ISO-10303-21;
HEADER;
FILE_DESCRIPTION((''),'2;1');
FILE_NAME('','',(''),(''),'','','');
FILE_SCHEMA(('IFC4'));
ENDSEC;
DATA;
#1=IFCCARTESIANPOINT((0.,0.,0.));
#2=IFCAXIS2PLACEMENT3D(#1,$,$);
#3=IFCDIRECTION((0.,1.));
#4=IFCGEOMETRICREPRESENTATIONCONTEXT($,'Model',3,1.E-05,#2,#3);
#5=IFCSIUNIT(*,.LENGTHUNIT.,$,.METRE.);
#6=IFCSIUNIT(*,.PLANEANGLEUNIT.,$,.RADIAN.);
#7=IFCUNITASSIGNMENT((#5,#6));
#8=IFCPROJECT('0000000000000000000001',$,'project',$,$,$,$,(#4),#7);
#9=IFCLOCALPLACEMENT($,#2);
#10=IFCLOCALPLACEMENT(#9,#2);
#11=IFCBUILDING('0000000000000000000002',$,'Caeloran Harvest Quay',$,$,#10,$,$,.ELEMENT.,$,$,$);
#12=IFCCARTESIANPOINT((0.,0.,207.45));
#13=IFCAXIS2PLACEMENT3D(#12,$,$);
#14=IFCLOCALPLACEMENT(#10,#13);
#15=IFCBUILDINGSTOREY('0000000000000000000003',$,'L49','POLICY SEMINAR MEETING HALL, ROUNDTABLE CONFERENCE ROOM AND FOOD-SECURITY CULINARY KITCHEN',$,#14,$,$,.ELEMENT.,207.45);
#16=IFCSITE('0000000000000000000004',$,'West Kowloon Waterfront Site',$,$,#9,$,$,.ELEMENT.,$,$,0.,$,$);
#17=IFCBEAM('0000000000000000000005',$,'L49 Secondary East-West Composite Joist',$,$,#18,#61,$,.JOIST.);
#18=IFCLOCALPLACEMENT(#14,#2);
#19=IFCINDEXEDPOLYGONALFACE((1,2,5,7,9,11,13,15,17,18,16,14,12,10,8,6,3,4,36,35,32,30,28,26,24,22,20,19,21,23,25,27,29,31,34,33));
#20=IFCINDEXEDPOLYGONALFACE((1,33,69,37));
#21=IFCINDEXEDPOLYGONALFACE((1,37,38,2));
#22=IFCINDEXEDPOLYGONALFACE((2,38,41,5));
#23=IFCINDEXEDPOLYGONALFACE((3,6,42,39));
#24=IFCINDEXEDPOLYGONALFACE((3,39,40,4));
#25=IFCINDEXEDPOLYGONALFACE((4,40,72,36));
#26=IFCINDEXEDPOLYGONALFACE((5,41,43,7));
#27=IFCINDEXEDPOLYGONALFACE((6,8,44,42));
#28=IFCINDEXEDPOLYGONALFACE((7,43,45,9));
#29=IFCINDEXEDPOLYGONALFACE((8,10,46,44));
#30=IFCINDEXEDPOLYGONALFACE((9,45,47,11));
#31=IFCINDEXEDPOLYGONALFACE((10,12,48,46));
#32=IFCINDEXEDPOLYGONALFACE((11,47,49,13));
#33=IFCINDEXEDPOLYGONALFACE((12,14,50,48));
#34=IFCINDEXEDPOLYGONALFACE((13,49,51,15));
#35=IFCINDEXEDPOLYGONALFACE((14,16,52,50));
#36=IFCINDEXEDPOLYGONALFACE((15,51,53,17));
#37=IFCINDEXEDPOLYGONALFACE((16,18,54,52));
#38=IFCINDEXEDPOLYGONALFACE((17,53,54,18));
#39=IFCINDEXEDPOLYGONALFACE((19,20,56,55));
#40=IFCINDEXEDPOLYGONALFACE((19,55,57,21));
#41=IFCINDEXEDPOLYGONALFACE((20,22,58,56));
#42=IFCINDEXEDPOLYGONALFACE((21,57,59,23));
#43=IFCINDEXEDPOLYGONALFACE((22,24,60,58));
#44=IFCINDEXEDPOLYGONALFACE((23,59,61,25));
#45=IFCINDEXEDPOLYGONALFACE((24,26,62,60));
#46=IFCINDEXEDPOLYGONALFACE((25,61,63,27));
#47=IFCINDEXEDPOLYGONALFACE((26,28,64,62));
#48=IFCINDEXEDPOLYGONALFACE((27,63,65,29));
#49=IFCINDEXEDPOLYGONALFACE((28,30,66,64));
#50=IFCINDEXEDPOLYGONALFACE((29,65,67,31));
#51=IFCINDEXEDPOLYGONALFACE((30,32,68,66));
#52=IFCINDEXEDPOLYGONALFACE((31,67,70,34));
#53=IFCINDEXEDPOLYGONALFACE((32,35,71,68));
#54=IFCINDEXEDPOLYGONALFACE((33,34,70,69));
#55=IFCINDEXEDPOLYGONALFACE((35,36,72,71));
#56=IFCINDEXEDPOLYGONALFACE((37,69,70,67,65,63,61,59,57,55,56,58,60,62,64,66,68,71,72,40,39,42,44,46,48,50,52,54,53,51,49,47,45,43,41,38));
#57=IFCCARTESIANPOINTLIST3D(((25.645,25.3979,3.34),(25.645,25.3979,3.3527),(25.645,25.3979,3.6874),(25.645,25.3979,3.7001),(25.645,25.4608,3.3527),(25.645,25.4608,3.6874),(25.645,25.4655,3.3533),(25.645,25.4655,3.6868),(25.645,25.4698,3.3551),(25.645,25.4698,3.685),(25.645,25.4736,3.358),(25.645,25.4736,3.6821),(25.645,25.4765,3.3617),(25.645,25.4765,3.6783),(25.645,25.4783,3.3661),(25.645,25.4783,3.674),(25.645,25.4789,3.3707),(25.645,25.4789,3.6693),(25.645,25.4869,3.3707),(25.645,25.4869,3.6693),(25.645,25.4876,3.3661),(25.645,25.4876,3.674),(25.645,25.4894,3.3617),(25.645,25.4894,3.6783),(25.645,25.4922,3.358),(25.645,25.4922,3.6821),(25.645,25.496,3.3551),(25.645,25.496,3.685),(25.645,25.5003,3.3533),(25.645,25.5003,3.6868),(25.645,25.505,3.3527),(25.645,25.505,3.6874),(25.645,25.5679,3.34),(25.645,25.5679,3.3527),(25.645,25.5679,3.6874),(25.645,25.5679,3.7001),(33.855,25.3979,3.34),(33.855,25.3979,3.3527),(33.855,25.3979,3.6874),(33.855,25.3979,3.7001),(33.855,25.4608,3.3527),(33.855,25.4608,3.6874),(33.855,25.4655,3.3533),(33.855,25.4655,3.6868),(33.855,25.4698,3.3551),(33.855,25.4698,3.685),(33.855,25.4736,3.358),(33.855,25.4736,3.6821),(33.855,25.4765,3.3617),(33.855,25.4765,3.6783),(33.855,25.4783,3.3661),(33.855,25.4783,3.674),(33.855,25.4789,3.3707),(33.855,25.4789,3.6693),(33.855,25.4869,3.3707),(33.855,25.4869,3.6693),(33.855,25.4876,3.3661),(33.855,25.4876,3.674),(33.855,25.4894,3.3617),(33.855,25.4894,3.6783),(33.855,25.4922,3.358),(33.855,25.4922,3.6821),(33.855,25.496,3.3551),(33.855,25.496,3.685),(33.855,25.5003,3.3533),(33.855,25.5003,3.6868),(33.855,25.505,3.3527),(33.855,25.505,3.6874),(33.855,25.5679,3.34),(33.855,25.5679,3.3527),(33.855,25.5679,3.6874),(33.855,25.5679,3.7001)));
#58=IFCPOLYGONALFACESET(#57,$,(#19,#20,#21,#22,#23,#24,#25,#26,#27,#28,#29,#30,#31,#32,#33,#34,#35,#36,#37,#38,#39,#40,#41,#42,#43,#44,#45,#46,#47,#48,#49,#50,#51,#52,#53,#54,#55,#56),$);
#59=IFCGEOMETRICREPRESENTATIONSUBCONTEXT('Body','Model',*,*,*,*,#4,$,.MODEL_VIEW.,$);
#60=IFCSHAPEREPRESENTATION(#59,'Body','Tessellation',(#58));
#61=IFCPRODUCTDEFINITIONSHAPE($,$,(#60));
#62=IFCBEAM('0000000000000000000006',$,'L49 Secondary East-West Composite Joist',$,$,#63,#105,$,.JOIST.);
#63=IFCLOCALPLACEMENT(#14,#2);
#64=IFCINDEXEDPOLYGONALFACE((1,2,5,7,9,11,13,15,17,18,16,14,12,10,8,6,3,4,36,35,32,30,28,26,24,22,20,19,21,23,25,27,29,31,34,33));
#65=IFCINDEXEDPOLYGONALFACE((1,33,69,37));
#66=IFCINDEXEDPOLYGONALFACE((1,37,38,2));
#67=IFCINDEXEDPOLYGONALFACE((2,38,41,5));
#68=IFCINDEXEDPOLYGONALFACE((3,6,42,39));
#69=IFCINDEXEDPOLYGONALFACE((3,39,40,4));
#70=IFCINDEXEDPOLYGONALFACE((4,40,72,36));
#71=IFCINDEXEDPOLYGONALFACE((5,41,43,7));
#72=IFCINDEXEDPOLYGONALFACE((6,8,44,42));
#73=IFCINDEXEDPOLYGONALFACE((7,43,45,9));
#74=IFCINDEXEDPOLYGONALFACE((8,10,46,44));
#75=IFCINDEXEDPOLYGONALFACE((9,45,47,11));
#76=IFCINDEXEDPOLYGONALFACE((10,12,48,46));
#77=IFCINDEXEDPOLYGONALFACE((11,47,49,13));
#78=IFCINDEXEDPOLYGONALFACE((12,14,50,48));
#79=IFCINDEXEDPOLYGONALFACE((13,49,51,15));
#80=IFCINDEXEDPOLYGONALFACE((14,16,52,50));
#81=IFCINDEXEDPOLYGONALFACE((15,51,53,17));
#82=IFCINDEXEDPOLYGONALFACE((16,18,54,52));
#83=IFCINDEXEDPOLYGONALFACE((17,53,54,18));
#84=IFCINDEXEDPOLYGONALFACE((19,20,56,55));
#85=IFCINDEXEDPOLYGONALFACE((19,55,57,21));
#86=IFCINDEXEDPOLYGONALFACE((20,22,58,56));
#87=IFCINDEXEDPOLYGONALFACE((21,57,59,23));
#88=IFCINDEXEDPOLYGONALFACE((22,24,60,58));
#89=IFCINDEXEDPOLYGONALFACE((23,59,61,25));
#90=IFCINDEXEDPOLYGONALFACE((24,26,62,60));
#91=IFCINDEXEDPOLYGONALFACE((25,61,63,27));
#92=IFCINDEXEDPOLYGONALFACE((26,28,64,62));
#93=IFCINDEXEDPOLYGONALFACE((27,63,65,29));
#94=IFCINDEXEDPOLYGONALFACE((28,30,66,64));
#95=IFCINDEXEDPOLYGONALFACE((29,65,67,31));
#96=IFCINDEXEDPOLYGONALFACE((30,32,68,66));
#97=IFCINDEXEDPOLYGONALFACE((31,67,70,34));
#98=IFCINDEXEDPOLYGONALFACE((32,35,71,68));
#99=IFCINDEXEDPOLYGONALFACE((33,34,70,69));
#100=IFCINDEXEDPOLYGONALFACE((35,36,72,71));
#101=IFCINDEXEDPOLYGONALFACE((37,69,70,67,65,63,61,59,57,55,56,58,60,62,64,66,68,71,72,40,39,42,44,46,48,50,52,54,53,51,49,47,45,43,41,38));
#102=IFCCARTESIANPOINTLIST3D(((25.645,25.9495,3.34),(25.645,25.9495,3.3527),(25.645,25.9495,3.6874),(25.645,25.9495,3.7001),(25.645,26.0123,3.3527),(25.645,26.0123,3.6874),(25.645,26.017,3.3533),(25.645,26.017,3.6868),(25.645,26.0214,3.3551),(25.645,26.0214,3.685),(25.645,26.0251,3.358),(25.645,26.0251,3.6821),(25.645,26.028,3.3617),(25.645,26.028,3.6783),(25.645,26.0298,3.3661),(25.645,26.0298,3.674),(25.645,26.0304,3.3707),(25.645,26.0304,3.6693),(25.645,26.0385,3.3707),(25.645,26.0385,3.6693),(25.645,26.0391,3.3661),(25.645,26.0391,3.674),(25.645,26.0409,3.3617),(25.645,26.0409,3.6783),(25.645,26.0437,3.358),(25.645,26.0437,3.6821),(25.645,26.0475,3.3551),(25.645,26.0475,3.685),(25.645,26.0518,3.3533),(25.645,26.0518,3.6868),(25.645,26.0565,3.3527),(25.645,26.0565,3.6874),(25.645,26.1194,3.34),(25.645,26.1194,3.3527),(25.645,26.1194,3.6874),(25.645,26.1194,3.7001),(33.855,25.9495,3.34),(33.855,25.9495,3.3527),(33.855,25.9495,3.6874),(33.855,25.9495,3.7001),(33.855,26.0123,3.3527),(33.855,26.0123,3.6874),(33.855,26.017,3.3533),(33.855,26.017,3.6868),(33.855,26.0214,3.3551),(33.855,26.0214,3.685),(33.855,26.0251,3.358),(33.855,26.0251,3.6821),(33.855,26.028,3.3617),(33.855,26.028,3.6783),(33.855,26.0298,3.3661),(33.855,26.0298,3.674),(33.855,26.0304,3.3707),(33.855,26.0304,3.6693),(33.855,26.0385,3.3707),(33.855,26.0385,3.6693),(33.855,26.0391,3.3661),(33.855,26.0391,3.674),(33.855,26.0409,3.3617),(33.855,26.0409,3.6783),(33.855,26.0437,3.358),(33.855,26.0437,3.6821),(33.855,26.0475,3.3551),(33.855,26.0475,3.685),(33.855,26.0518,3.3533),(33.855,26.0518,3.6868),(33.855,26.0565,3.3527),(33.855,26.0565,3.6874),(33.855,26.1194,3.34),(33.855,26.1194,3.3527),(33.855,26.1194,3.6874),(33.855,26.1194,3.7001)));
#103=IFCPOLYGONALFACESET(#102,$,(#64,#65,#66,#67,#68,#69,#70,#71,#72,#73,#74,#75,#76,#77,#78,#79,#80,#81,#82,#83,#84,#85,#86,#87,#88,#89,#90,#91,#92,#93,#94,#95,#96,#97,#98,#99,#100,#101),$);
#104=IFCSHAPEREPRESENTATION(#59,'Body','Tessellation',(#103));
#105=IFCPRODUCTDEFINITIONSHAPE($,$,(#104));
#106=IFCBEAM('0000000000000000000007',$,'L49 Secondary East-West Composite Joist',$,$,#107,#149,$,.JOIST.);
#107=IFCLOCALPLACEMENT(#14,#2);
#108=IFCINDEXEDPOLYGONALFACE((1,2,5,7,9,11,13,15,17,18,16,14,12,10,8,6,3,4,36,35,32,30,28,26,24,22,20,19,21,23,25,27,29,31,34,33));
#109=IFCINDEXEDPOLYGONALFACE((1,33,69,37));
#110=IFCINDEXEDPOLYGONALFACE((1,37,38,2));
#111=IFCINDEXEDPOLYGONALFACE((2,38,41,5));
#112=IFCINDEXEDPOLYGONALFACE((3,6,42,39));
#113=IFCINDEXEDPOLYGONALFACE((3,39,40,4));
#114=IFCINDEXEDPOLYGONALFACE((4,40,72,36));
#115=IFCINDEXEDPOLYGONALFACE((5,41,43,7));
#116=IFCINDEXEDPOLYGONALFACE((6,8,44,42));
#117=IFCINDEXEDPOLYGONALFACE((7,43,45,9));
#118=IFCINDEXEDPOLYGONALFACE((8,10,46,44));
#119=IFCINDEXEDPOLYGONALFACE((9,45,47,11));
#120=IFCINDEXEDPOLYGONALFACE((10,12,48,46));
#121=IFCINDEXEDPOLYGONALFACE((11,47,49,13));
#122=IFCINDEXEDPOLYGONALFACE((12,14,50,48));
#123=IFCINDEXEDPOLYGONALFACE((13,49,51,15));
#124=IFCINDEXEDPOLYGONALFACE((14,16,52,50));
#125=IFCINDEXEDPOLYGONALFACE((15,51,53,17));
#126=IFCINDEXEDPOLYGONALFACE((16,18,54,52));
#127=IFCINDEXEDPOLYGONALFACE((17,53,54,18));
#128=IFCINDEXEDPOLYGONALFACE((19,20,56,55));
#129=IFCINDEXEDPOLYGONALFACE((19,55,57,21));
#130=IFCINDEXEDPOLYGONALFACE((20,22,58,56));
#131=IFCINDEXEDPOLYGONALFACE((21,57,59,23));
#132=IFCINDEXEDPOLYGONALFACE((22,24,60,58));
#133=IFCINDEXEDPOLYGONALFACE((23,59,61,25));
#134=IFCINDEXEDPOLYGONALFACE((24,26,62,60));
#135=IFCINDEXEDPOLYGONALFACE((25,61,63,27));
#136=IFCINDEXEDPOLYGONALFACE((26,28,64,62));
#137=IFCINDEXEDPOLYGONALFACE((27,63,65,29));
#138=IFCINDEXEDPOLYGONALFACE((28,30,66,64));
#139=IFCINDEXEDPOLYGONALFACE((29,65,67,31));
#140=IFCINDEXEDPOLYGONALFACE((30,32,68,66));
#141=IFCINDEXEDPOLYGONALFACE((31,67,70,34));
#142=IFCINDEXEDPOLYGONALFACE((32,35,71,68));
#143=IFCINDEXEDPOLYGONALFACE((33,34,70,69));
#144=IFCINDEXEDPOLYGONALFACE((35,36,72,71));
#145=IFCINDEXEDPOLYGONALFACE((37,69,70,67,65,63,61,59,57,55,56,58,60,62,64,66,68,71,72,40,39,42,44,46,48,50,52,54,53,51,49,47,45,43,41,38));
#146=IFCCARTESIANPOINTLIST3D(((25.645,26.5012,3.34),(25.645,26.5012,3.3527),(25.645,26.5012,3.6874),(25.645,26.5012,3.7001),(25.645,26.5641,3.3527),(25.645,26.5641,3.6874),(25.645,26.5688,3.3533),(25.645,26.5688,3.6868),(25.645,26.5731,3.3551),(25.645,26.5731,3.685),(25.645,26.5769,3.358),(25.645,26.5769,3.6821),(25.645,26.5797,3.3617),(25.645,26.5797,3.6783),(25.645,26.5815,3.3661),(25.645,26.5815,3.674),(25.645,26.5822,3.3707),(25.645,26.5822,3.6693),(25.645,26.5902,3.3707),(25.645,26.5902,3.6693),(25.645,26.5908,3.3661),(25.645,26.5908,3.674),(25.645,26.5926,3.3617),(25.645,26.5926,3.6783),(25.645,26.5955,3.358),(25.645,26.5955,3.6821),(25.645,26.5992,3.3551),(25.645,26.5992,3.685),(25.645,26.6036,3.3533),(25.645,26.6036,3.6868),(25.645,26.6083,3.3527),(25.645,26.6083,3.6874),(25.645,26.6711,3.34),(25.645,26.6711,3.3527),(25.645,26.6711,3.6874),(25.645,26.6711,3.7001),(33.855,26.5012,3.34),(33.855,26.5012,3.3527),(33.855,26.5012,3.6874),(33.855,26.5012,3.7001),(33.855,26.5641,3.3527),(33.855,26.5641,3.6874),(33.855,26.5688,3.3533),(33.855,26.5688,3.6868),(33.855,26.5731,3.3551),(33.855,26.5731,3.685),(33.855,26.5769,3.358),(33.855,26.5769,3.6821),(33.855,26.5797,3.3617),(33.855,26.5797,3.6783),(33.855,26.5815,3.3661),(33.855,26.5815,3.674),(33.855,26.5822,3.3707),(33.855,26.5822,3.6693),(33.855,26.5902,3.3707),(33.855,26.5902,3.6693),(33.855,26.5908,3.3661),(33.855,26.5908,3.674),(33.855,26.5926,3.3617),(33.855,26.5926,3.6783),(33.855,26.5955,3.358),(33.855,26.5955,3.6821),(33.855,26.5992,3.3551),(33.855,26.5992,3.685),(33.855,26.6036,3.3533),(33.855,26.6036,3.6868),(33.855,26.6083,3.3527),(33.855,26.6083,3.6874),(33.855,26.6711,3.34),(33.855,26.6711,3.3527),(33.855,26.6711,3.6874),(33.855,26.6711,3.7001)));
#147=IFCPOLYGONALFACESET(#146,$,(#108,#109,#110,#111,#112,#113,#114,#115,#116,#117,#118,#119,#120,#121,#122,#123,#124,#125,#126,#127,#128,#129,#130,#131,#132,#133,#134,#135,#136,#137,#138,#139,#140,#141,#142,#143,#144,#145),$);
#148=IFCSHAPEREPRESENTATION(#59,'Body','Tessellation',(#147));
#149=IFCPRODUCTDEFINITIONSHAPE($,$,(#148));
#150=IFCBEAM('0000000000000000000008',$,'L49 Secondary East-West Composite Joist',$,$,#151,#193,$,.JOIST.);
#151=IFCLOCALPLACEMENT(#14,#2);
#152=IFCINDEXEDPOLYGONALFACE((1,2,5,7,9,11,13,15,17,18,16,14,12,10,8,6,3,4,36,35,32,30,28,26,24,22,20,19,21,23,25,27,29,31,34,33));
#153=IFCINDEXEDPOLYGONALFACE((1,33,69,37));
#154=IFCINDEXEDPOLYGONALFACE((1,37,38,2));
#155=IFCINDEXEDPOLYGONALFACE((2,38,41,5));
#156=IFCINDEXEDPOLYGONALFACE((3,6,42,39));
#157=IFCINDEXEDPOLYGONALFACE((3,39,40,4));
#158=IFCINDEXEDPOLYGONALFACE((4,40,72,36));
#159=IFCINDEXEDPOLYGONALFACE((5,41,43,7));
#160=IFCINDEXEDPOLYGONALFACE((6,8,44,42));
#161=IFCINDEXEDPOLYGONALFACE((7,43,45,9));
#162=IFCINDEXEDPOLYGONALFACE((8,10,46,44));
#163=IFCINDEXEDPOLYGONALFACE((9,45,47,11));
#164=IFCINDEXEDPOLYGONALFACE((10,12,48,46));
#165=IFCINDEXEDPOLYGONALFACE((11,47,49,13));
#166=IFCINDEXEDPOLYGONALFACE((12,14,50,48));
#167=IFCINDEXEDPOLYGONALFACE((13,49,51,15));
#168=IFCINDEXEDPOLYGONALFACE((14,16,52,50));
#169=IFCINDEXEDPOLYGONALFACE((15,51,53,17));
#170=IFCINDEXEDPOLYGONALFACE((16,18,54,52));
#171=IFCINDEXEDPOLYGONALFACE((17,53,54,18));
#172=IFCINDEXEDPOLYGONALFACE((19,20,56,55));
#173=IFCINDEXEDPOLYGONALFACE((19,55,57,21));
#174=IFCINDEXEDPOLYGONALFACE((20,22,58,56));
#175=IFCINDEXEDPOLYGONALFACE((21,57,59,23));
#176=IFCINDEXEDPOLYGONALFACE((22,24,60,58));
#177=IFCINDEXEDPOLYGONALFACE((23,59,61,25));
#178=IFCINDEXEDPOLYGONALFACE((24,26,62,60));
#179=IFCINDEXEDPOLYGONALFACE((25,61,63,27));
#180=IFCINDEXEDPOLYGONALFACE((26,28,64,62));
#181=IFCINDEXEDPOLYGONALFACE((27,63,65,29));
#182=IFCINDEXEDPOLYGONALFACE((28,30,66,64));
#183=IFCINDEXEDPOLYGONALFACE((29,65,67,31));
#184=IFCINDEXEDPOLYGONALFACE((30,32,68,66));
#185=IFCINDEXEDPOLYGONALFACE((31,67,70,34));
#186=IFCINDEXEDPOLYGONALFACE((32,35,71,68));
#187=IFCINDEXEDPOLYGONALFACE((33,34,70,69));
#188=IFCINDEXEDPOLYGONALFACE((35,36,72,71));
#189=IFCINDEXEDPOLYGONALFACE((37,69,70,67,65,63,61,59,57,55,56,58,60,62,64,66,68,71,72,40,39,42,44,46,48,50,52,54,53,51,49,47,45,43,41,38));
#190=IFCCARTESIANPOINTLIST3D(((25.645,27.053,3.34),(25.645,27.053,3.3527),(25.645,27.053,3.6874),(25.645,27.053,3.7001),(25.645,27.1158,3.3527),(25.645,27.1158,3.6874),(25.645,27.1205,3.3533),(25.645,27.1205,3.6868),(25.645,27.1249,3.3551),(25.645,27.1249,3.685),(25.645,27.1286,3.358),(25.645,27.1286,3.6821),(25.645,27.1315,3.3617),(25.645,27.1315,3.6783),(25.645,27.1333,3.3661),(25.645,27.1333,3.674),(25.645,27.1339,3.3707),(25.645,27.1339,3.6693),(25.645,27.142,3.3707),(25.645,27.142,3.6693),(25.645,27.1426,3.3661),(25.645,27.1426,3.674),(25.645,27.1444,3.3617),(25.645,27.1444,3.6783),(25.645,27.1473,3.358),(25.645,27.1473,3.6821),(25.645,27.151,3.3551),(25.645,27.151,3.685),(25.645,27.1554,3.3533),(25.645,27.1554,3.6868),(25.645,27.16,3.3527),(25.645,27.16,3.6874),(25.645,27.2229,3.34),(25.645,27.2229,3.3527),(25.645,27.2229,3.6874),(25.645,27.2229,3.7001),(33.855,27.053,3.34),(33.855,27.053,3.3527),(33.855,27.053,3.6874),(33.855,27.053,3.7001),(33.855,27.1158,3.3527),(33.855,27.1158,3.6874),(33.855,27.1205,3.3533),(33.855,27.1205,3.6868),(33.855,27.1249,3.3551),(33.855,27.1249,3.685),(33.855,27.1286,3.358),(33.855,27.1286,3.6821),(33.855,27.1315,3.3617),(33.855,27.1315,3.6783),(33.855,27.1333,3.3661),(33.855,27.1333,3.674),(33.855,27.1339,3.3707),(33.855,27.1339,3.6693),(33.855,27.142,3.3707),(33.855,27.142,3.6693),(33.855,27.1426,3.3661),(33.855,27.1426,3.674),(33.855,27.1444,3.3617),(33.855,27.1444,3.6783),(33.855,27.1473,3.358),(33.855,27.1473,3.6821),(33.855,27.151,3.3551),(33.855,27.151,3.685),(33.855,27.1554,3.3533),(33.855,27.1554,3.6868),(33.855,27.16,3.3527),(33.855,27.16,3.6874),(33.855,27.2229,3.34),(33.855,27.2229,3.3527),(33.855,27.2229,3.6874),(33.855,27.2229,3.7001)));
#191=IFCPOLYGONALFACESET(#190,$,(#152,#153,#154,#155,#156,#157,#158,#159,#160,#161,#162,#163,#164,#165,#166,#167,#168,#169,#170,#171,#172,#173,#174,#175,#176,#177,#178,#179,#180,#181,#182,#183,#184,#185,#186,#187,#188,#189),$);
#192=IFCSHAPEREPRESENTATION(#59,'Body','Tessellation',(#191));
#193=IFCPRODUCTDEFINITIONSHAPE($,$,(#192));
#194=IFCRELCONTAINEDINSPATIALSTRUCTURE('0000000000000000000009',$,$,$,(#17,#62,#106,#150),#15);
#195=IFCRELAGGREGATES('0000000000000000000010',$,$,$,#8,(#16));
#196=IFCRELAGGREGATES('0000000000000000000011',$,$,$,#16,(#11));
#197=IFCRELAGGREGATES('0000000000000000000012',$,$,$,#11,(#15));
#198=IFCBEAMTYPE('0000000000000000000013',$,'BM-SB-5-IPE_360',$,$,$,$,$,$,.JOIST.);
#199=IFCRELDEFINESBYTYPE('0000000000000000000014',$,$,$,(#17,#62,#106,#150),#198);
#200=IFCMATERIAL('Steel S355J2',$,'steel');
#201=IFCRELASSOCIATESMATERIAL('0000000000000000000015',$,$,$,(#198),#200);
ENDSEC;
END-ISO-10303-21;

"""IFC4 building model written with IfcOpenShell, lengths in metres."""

from ifc_helpers import new_model, si_unit, direction, frame, origin, origin_2d, place, context, subcontext, project, spatial, i_section, extrude, material, material_profile, profile_set, type_object, element, save


model = new_model("IFC4")

# Units and contexts
model_context = context("Model", 3, precision=1e-05, world=origin(), true_north=direction((0.0, 1.0)))
body_context = subcontext(model_context, "Body", "Model", "MODEL_VIEW")
ifc_project = project(units=[si_unit("LENGTHUNIT", "METRE"), si_unit("PLANEANGLEUNIT", "RADIAN")], contexts=[model_context])

# Site, building, storey
site_placement = place(None, origin())
site = spatial("IfcSite", under=ifc_project, at=site_placement, Name="West Kowloon Waterfront Site", CompositionType="ELEMENT", RefElevation=0.0)
building_placement = place(site_placement, origin())
building = spatial("IfcBuilding", under=site, at=building_placement, Name="Caeloran Harvest Quay", CompositionType="ELEMENT")
storey_placement = place(building_placement, frame((0.0, 0.0, 207.45)))
storey = spatial("IfcBuildingStorey", under=building, at=storey_placement, Name="L49", Description="POLICY SEMINAR MEETING HALL, ROUNDTABLE CONFERENCE ROOM AND FOOD-SECURITY CULINARY KITCHEN", CompositionType="ELEMENT", Elevation=207.45)

# Beams
ifc_material_1 = material(Name="Steel S355J2", Category="steel")
ifc_material_profile_1 = material_profile(ifc_material_1, i_section(OverallWidth=0.1699, OverallDepth=0.3601, WebThickness=0.0081, FlangeThickness=0.0127, FilletRadius=0.0181, at=origin_2d()), Name="IPE 360")
ifc_profile_set_1 = profile_set([ifc_material_profile_1], Name="Steel S355J2")
beam_type_1 = type_object("IfcBeamType", Name="BM-SB-5-IPE_360", PredefinedType="JOIST", material=ifc_profile_set_1)
for number, where, z_axis, x_axis, name in (
    (1, (25.645, 25.4829, 3.52), (1.0, 0.0, 0.0), (0.0, 1.0, 0.0), "L49 Secondary East-West Composite Joist"),
    (2, (25.645, 26.0344, 3.52), (1.0, 0.0, 0.0), (0.0, 1.0, 0.0), "L49 Secondary East-West Composite Joist"),
    (3, (25.645, 26.5862, 3.52), (1.0, 0.0, 0.0), (0.0, 1.0, 0.0), "L49 Secondary East-West Composite Joist"),
    (4, (25.645, 27.1379, 3.52), (1.0, 0.0, 0.0), (0.0, 1.0, 0.0), "L49 Secondary East-West Composite Joist"),
):
    element("IfcBeam", number, at=place(storey_placement, frame(where, z_axis=z_axis, x_axis=x_axis)), inside=storey, type_object=beam_type_1, Name=name, PredefinedType="JOIST", context=body_context, shape_type="SweptSolid", body=[
        extrude(i_section(OverallWidth=0.1699, OverallDepth=0.3601, WebThickness=0.0081, FlangeThickness=0.0127, FilletRadius=0.0181, at=origin_2d()), origin(), (0.0, 0.0, 1.0), 8.21),
    ])

save(model, "model.ifc")
